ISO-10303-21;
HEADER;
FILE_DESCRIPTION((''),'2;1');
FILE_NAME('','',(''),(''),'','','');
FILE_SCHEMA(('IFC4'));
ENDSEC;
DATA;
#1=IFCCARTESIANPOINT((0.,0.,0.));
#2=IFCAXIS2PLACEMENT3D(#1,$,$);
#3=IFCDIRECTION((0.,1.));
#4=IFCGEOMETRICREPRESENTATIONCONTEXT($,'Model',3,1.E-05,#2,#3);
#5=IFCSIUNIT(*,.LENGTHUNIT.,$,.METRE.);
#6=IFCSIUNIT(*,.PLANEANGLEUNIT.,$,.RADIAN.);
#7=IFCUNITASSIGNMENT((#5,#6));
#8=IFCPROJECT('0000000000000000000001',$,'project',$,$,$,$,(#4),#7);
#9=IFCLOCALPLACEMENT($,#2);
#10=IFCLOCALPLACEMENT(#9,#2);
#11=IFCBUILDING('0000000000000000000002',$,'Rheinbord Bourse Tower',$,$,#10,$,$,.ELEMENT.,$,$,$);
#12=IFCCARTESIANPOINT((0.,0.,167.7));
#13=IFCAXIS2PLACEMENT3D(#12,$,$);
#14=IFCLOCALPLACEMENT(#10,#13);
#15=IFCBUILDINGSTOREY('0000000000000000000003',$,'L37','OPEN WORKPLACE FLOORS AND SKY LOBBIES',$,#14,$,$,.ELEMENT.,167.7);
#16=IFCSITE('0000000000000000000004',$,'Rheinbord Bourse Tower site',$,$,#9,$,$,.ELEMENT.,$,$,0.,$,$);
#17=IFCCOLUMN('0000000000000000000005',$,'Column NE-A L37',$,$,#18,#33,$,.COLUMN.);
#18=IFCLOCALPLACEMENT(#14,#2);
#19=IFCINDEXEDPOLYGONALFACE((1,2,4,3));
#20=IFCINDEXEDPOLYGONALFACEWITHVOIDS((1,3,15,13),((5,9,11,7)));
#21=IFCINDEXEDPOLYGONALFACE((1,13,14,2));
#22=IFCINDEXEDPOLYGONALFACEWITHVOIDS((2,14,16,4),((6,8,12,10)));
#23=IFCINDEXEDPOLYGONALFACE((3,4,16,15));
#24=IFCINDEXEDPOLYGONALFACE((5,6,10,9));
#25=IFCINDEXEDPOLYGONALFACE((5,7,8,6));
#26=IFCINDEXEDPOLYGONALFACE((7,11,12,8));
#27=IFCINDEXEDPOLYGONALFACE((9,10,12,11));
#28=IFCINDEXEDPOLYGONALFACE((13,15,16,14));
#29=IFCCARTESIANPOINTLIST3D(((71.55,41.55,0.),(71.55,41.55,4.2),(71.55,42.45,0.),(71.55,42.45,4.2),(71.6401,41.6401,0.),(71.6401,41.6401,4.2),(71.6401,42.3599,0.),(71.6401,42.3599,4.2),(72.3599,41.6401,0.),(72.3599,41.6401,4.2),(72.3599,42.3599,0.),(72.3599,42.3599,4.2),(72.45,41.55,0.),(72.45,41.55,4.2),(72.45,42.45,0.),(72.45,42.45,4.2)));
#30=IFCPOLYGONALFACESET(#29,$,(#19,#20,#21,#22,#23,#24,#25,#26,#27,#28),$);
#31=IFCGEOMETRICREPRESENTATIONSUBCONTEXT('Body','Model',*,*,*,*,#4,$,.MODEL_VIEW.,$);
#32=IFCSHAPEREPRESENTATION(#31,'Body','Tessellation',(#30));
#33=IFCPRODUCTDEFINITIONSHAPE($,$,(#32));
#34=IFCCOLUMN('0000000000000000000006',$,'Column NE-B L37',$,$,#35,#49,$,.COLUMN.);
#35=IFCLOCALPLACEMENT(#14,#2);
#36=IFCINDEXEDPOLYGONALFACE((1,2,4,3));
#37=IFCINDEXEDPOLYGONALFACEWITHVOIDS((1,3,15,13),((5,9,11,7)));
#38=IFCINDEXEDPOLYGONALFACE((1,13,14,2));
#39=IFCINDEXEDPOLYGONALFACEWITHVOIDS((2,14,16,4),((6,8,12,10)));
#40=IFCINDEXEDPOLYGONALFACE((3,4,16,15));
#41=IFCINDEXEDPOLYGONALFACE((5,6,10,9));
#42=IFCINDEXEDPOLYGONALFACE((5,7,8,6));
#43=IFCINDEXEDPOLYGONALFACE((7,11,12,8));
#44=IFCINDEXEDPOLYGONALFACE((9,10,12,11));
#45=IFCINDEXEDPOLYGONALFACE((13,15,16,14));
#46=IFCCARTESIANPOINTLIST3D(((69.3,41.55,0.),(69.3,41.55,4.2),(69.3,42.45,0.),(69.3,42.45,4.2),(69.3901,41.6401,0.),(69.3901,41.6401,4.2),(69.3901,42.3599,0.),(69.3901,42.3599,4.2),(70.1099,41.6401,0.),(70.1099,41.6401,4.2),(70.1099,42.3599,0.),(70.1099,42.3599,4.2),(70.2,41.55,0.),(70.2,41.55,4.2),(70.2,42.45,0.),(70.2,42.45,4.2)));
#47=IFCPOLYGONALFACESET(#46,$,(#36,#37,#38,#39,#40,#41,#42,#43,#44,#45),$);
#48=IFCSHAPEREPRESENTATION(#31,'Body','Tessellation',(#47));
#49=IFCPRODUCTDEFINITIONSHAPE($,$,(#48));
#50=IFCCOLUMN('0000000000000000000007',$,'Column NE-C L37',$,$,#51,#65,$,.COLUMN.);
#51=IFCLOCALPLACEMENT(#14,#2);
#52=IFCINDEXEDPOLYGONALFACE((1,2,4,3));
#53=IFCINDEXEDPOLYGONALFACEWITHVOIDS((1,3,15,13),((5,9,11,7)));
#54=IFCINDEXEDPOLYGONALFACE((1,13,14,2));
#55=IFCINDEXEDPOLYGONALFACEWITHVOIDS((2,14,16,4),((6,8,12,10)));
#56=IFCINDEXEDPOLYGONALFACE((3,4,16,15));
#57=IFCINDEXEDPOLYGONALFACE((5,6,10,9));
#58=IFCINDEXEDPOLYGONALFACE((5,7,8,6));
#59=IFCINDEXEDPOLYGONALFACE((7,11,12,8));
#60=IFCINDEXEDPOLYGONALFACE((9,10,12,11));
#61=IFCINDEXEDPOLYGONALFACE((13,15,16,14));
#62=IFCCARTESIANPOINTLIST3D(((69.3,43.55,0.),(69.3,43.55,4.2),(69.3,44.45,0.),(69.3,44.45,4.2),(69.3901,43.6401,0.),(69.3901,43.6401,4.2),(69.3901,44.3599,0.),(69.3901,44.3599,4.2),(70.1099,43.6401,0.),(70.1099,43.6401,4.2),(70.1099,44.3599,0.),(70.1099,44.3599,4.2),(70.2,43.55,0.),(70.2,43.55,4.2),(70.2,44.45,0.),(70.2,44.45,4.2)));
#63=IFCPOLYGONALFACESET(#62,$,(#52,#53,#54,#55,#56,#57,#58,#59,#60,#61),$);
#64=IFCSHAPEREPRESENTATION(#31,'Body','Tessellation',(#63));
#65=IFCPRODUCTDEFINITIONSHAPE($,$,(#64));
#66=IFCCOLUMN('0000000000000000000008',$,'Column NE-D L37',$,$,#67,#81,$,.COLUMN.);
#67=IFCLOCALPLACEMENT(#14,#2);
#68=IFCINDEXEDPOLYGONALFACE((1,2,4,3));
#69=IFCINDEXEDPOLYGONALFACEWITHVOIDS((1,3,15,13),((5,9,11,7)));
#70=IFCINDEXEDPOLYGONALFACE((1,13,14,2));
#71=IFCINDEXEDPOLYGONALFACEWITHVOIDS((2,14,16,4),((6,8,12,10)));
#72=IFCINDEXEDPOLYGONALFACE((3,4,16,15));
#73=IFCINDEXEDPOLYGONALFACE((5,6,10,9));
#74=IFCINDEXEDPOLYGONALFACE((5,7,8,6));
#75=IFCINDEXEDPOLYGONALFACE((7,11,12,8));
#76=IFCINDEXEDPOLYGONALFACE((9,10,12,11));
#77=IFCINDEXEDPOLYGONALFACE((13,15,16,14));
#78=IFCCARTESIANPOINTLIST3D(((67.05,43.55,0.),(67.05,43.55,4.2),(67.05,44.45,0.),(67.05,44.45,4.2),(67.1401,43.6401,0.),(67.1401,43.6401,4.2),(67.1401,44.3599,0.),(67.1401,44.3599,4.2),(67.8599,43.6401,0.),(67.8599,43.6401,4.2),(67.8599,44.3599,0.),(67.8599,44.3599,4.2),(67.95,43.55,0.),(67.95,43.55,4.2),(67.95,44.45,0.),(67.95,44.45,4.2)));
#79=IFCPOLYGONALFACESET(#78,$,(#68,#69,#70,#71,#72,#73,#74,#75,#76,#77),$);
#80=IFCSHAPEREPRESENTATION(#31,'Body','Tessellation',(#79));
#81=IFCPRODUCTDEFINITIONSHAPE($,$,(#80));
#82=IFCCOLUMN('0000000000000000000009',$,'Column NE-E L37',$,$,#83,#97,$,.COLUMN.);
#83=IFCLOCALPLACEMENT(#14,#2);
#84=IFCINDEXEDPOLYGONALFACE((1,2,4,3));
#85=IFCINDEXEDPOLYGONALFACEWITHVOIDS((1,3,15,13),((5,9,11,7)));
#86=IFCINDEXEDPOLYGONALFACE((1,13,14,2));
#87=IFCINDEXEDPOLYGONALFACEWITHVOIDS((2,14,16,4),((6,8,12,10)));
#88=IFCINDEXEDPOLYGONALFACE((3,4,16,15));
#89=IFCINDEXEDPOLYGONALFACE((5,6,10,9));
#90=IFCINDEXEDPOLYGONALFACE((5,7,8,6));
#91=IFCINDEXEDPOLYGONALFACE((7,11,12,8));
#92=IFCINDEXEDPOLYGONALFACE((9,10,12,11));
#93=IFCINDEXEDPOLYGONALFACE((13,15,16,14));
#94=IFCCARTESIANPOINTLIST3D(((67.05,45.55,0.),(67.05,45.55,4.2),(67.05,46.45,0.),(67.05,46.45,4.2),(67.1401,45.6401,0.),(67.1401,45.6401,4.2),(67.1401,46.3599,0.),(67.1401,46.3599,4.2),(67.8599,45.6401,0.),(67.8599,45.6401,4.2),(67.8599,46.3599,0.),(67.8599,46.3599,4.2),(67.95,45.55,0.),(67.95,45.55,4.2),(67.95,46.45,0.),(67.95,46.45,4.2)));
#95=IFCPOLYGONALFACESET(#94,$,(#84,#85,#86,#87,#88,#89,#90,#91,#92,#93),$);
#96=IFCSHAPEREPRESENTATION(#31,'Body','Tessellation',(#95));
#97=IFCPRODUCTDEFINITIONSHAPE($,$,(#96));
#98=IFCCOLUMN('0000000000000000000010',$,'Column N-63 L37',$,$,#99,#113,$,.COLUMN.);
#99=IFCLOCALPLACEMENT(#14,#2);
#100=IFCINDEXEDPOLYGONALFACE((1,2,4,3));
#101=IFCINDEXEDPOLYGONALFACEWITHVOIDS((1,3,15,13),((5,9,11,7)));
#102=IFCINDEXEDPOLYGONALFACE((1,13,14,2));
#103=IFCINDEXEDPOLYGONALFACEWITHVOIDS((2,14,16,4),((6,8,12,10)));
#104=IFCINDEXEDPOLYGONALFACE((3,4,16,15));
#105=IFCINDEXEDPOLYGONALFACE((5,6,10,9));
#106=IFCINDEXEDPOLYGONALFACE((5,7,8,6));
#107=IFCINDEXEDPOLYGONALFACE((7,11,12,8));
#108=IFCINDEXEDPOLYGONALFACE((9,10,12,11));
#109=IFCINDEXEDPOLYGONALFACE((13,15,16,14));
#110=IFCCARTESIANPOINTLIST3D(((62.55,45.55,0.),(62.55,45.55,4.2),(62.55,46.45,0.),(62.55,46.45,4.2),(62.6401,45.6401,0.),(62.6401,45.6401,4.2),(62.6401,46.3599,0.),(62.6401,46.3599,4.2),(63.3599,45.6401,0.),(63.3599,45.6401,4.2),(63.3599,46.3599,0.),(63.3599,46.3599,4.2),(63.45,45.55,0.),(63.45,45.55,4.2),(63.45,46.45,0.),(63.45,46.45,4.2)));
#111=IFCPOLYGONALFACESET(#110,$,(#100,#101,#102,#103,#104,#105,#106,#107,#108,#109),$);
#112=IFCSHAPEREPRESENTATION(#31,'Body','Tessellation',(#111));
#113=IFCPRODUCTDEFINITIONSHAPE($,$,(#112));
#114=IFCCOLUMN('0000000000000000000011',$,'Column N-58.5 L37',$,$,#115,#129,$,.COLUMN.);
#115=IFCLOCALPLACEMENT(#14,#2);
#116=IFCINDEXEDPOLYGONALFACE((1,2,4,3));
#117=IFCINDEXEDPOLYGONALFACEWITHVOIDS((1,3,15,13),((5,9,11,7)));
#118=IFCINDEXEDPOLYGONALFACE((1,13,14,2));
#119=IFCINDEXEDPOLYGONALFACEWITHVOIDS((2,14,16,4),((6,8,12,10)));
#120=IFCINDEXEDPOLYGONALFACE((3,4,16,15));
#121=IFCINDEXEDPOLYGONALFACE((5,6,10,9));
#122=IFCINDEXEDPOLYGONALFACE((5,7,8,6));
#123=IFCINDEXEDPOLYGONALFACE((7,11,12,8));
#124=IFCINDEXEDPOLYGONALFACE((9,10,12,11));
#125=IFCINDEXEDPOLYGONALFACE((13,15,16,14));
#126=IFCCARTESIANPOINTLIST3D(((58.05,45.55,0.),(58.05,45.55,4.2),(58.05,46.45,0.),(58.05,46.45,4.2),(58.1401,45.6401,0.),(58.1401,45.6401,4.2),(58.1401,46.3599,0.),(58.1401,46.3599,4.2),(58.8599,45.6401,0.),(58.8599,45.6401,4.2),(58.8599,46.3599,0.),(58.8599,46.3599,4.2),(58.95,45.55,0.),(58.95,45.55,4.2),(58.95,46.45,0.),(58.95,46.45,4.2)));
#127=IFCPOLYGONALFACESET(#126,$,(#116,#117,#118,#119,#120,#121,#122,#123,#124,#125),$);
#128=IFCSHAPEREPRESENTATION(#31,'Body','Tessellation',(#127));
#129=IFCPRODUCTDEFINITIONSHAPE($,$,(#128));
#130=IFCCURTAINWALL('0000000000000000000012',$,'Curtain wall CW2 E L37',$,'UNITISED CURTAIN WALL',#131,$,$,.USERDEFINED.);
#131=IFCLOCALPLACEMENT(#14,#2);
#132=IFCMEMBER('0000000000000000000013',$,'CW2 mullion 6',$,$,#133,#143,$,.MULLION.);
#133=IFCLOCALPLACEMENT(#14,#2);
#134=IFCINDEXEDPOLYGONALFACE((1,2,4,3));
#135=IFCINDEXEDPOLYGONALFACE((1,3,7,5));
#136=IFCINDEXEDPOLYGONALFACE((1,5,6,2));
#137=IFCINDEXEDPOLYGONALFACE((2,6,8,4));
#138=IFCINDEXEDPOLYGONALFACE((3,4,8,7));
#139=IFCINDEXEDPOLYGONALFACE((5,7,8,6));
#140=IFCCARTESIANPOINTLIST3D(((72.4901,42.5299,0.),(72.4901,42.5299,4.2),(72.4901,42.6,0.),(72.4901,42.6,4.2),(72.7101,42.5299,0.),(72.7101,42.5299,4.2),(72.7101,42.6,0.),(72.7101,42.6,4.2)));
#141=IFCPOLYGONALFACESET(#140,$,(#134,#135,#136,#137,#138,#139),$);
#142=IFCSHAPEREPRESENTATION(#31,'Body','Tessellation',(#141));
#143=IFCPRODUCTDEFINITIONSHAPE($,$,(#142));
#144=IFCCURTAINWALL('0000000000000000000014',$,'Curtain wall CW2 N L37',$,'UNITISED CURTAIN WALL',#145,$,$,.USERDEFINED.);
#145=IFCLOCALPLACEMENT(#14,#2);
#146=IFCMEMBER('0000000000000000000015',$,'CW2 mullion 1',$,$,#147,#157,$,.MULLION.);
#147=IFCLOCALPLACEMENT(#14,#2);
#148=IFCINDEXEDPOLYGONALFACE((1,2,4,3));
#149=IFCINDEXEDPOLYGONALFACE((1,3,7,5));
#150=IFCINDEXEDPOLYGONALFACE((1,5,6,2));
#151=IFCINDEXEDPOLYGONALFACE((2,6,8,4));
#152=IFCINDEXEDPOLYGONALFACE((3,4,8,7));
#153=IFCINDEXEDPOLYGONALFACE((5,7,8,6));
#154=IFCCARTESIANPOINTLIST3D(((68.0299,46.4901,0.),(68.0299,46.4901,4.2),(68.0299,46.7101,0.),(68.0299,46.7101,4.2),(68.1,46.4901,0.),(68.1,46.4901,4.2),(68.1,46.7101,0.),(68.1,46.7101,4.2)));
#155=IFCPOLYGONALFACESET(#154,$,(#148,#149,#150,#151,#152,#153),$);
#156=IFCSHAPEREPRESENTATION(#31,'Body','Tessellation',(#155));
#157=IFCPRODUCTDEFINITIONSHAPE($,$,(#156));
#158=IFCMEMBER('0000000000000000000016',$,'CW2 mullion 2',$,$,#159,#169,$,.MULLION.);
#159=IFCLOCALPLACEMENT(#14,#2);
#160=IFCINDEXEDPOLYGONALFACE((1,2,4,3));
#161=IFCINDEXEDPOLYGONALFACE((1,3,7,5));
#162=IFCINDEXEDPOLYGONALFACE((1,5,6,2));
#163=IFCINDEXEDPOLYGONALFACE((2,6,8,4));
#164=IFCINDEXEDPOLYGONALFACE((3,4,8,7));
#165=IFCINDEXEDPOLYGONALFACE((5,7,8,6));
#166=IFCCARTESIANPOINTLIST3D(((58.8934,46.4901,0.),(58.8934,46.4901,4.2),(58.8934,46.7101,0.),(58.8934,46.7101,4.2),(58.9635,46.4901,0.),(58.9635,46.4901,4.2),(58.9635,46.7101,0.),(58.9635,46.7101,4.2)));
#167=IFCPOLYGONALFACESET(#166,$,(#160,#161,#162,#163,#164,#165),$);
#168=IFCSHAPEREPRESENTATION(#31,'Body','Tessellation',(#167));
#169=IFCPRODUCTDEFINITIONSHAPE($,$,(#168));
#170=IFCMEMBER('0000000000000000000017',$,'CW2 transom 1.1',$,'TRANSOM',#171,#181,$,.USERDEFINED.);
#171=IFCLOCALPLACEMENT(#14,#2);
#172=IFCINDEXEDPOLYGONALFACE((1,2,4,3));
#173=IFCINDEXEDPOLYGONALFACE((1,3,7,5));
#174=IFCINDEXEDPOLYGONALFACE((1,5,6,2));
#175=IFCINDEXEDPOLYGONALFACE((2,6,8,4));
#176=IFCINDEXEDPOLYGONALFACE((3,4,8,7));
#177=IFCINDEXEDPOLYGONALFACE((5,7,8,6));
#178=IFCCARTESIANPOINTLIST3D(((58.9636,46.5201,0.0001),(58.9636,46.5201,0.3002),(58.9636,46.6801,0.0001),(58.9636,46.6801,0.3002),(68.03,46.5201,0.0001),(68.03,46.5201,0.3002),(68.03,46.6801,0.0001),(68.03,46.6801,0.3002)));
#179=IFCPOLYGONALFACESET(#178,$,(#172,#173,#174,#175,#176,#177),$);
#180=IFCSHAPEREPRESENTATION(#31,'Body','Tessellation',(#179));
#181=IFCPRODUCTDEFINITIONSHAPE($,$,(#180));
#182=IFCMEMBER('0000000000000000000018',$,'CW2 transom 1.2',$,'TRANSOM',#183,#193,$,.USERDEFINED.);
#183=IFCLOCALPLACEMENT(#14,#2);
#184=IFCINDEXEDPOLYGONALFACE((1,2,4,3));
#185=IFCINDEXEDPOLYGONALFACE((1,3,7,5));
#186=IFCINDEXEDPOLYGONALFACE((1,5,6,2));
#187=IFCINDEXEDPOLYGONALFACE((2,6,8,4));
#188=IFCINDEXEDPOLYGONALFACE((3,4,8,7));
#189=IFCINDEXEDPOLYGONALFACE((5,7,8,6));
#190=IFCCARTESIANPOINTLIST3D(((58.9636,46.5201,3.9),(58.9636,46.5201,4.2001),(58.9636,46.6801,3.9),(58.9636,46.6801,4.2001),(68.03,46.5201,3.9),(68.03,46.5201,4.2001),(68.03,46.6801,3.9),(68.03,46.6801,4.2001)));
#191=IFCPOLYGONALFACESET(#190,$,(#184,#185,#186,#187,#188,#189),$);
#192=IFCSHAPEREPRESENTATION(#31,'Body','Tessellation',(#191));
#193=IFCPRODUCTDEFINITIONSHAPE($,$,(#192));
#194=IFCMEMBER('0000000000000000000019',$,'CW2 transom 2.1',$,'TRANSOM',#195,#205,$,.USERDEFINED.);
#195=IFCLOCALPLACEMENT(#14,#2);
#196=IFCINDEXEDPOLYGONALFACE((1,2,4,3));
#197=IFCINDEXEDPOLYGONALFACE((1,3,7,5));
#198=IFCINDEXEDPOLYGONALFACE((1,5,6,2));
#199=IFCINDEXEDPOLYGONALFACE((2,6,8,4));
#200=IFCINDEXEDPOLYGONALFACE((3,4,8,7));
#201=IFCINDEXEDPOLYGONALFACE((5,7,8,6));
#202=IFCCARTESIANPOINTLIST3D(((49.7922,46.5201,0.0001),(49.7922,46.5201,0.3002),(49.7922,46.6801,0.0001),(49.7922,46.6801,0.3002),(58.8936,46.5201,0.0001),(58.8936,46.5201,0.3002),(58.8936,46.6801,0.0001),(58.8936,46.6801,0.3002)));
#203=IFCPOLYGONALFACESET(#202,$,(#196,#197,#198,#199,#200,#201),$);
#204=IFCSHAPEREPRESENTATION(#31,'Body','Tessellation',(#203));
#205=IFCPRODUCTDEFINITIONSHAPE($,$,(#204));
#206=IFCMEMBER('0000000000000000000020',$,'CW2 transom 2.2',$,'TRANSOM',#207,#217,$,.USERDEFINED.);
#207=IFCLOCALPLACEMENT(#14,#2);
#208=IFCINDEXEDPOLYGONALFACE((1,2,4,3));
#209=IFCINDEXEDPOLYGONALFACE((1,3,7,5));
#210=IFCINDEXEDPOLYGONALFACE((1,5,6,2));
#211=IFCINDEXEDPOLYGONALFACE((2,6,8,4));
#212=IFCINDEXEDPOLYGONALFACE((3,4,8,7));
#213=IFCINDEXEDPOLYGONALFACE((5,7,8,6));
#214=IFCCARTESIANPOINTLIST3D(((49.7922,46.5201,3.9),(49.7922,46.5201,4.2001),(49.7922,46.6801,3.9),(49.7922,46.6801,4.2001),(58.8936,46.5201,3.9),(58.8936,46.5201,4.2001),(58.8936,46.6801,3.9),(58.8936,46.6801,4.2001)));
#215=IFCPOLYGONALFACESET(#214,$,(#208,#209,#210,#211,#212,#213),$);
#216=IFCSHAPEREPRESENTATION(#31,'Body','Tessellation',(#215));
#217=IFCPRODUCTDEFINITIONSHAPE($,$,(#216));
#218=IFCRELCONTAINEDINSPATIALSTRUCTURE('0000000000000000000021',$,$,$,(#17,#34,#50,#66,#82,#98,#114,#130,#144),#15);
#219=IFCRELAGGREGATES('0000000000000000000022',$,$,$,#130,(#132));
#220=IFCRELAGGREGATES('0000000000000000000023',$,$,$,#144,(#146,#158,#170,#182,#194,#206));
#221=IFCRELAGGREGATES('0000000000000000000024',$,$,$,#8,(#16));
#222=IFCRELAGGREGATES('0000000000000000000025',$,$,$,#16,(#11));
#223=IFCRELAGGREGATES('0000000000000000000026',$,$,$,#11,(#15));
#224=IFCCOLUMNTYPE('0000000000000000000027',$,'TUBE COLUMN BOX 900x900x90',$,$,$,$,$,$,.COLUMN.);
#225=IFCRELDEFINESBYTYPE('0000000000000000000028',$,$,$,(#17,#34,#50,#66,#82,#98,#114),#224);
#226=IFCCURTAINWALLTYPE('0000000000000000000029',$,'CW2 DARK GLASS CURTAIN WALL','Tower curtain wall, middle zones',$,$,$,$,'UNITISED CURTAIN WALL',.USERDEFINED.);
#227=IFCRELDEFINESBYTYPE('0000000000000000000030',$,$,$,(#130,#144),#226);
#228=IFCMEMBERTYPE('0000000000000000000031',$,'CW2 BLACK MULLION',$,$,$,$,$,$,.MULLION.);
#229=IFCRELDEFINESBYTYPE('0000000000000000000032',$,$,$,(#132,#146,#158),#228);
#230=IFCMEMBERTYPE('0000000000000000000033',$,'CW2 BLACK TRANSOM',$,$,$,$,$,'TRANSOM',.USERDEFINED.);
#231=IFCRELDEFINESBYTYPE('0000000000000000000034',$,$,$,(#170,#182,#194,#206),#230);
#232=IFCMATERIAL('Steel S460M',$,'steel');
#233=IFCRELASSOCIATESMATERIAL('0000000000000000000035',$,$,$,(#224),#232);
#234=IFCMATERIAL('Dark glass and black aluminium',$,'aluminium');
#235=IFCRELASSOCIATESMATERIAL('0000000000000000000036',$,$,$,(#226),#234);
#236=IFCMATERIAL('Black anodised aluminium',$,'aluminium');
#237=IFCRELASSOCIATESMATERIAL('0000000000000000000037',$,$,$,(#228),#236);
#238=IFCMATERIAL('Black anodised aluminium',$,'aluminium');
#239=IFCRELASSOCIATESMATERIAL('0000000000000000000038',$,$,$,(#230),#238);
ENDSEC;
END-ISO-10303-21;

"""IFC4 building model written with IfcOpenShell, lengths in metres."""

from ifc_helpers import new_model, si_unit, direction, frame, origin, origin_2d, place, context, subcontext, project, spatial, rectangle, hollow_rectangle, extrude, material, material_profile, profile_set, type_object, element, aggregate, save


model = new_model("IFC4")

# Units and contexts
model_context = context("Model", 3, precision=1e-05, world=origin(), true_north=direction((0.0, 1.0)))
body_context = subcontext(model_context, "Body", "Model", "MODEL_VIEW")
ifc_project = project(units=[si_unit("LENGTHUNIT", "METRE"), si_unit("PLANEANGLEUNIT", "RADIAN")], contexts=[model_context])

# Site, building, storey
site_placement = place(None, origin())
site = spatial("IfcSite", under=ifc_project, at=site_placement, Name="Rheinbord Bourse Tower site", CompositionType="ELEMENT", RefElevation=0.0)
building_placement = place(site_placement, origin())
building = spatial("IfcBuilding", under=site, at=building_placement, Name="Rheinbord Bourse Tower", CompositionType="ELEMENT")
storey_placement = place(building_placement, frame((0.0, 0.0, 167.7)))
storey = spatial("IfcBuildingStorey", under=building, at=storey_placement, Name="L37", Description="OPEN WORKPLACE FLOORS AND SKY LOBBIES", CompositionType="ELEMENT", Elevation=167.7)

# Columns
ifc_material_1 = material(Name="Steel S460M", Category="steel")
ifc_material_profile_1 = material_profile(ifc_material_1, hollow_rectangle(XDim=0.8999, YDim=0.8999, WallThickness=0.0901, at=origin_2d()), Name="BOX 900x900x90")
ifc_profile_set_1 = profile_set([ifc_material_profile_1], Name="Steel S460M")
column_type = type_object("IfcColumnType", Name="TUBE COLUMN BOX 900x900x90", PredefinedType="COLUMN", material=ifc_profile_set_1)
for number, where, z_axis, x_axis, name in (
    (1, (72.0, 42.0, 0.0), (0.0, 0.0, 1.0), (1.0, 0.0, 0.0), "Column NE-A L37"),
    (2, (69.75, 42.0, 0.0), (0.0, 0.0, 1.0), (1.0, 0.0, 0.0), "Column NE-B L37"),
    (3, (69.75, 44.0, 0.0), (0.0, 0.0, 1.0), (1.0, 0.0, 0.0), "Column NE-C L37"),
    (4, (67.5, 44.0, 0.0), (0.0, 0.0, 1.0), (0.0, 1.0, 0.0), "Column NE-D L37"),
    (5, (67.5, 46.0, 0.0), (0.0, 0.0, 1.0), (0.0, 1.0, 0.0), "Column NE-E L37"),
    (6, (63.0, 46.0, 0.0), (0.0, 0.0, 1.0), (0.0, 1.0, 0.0), "Column N-63 L37"),
    (7, (58.5, 46.0, 0.0), (0.0, 0.0, 1.0), (0.0, 1.0, 0.0), "Column N-58.5 L37"),
):
    element("IfcColumn", number, at=place(storey_placement, frame(where, z_axis=z_axis, x_axis=x_axis)), inside=storey, type_object=column_type, Name=name, PredefinedType="COLUMN", context=body_context, shape_type="SweptSolid", body=[
        extrude(hollow_rectangle(XDim=0.8999, YDim=0.8999, WallThickness=0.0901, at=origin_2d()), origin(), (0.0, 0.0, 1.0), 4.2),
    ])

# Curtain wall, member
ifc_material_2 = material(Name="Dark glass and black aluminium", Category="aluminium")
curtain_wall_type = type_object("IfcCurtainWallType", Name="CW2 DARK GLASS CURTAIN WALL", Description="Tower curtain wall, middle zones", ElementType="UNITISED CURTAIN WALL", PredefinedType="USERDEFINED", material=ifc_material_2)
curtain_wall_1_placement = place(storey_placement, origin())
curtain_wall_1 = element("IfcCurtainWall", 8, at=curtain_wall_1_placement, inside=storey, type_object=curtain_wall_type, Name="Curtain wall CW2 E L37", ObjectType="UNITISED CURTAIN WALL", PredefinedType="USERDEFINED")
ifc_material_3 = material(Name="Black anodised aluminium", Category="aluminium")
ifc_material_profile_2 = material_profile(ifc_material_3, rectangle(XDim=0.22, YDim=0.0701, at=origin_2d()), Name="CW2 MULLION 70x220")
ifc_profile_set_2 = profile_set([ifc_material_profile_2], Name="Black anodised aluminium")
member_type_1 = type_object("IfcMemberType", Name="CW2 BLACK MULLION", PredefinedType="MULLION", material=ifc_profile_set_2)
member_1_placement = place(storey_placement, frame((72.6001, 42.5649, 0.0), z_axis=(0.0, 0.0, 1.0), x_axis=(-1.0, 0.0, 0.0)))
member_1 = element("IfcMember", 9, at=member_1_placement, type_object=member_type_1, Name="CW2 mullion 6", PredefinedType="MULLION", context=body_context, shape_type="SweptSolid", body=[
    extrude(rectangle(XDim=0.22, YDim=0.0701, at=origin_2d()), origin(), (0.0, 0.0, 1.0), 4.2),
])
aggregate(curtain_wall_1, [member_1])

# Curtain wall, members
curtain_wall_2_placement = place(storey_placement, origin())
curtain_wall_2 = element("IfcCurtainWall", 10, at=curtain_wall_2_placement, inside=storey, type_object=curtain_wall_type, Name="Curtain wall CW2 N L37", ObjectType="UNITISED CURTAIN WALL", PredefinedType="USERDEFINED")
member_2_placement = place(storey_placement, frame((68.0649, 46.6001, 0.0), z_axis=(0.0, 0.0, 1.0), x_axis=(0.0, -1.0, 0.0)))
member_2 = element("IfcMember", 11, at=member_2_placement, type_object=member_type_1, Name="CW2 mullion 1", PredefinedType="MULLION", context=body_context, shape_type="SweptSolid", body=[
    extrude(rectangle(XDim=0.22, YDim=0.0701, at=origin_2d()), origin(), (0.0, 0.0, 1.0), 4.2),
])
member_3_placement = place(storey_placement, frame((58.9285, 46.6001, 0.0), z_axis=(0.0, 0.0, 1.0), x_axis=(0.0, -1.0, 0.0)))
member_3 = element("IfcMember", 12, at=member_3_placement, type_object=member_type_1, Name="CW2 mullion 2", PredefinedType="MULLION", context=body_context, shape_type="SweptSolid", body=[
    extrude(rectangle(XDim=0.22, YDim=0.0701, at=origin_2d()), origin(), (0.0, 0.0, 1.0), 4.2),
])
ifc_material_4 = material(Name="Black anodised aluminium", Category="aluminium")
ifc_material_profile_3 = material_profile(ifc_material_4, rectangle(XDim=0.1599, YDim=0.3, at=origin_2d()), Name="CW2 TRANSOM 300x160")
ifc_profile_set_3 = profile_set([ifc_material_profile_3], Name="Black anodised aluminium")
member_type_2 = type_object("IfcMemberType", Name="CW2 BLACK TRANSOM", ElementType="TRANSOM", PredefinedType="USERDEFINED", material=ifc_profile_set_3)
member_4_placement = place(storey_placement, frame((68.03, 46.6001, 0.1501), z_axis=(-1.0, 0.0, 0.0), x_axis=(0.0, -1.0, 0.0)))
member_4 = element("IfcMember", 13, at=member_4_placement, type_object=member_type_2, Name="CW2 transom 1.1", ObjectType="TRANSOM", PredefinedType="USERDEFINED", context=body_context, shape_type="SweptSolid", body=[
    extrude(rectangle(XDim=0.1599, YDim=0.3, at=origin_2d()), origin(), (0.0, 0.0, 1.0), 9.0664),
])
member_5_placement = place(storey_placement, frame((68.03, 46.6001, 4.05), z_axis=(-1.0, 0.0, 0.0), x_axis=(0.0, -1.0, 0.0)))
member_5 = element("IfcMember", 14, at=member_5_placement, type_object=member_type_2, Name="CW2 transom 1.2", ObjectType="TRANSOM", PredefinedType="USERDEFINED", context=body_context, shape_type="SweptSolid", body=[
    extrude(rectangle(XDim=0.1599, YDim=0.3, at=origin_2d()), origin(), (0.0, 0.0, 1.0), 9.0664),
])
member_6_placement = place(storey_placement, frame((58.8936, 46.6001, 0.1501), z_axis=(-1.0, 0.0, 0.0), x_axis=(0.0, -1.0, 0.0)))
member_6 = element("IfcMember", 15, at=member_6_placement, type_object=member_type_2, Name="CW2 transom 2.1", ObjectType="TRANSOM", PredefinedType="USERDEFINED", context=body_context, shape_type="SweptSolid", body=[
    extrude(rectangle(XDim=0.1599, YDim=0.3, at=origin_2d()), origin(), (0.0, 0.0, 1.0), 9.1013),
])
member_7_placement = place(storey_placement, frame((58.8936, 46.6001, 4.05), z_axis=(-1.0, 0.0, 0.0), x_axis=(0.0, -1.0, 0.0)))
member_7 = element("IfcMember", 16, at=member_7_placement, type_object=member_type_2, Name="CW2 transom 2.2", ObjectType="TRANSOM", PredefinedType="USERDEFINED", context=body_context, shape_type="SweptSolid", body=[
    extrude(rectangle(XDim=0.1599, YDim=0.3, at=origin_2d()), origin(), (0.0, 0.0, 1.0), 9.1013),
])

aggregate(curtain_wall_2, [member_2, member_3, member_4, member_5, member_6, member_7])

save(model, "model.ifc")
